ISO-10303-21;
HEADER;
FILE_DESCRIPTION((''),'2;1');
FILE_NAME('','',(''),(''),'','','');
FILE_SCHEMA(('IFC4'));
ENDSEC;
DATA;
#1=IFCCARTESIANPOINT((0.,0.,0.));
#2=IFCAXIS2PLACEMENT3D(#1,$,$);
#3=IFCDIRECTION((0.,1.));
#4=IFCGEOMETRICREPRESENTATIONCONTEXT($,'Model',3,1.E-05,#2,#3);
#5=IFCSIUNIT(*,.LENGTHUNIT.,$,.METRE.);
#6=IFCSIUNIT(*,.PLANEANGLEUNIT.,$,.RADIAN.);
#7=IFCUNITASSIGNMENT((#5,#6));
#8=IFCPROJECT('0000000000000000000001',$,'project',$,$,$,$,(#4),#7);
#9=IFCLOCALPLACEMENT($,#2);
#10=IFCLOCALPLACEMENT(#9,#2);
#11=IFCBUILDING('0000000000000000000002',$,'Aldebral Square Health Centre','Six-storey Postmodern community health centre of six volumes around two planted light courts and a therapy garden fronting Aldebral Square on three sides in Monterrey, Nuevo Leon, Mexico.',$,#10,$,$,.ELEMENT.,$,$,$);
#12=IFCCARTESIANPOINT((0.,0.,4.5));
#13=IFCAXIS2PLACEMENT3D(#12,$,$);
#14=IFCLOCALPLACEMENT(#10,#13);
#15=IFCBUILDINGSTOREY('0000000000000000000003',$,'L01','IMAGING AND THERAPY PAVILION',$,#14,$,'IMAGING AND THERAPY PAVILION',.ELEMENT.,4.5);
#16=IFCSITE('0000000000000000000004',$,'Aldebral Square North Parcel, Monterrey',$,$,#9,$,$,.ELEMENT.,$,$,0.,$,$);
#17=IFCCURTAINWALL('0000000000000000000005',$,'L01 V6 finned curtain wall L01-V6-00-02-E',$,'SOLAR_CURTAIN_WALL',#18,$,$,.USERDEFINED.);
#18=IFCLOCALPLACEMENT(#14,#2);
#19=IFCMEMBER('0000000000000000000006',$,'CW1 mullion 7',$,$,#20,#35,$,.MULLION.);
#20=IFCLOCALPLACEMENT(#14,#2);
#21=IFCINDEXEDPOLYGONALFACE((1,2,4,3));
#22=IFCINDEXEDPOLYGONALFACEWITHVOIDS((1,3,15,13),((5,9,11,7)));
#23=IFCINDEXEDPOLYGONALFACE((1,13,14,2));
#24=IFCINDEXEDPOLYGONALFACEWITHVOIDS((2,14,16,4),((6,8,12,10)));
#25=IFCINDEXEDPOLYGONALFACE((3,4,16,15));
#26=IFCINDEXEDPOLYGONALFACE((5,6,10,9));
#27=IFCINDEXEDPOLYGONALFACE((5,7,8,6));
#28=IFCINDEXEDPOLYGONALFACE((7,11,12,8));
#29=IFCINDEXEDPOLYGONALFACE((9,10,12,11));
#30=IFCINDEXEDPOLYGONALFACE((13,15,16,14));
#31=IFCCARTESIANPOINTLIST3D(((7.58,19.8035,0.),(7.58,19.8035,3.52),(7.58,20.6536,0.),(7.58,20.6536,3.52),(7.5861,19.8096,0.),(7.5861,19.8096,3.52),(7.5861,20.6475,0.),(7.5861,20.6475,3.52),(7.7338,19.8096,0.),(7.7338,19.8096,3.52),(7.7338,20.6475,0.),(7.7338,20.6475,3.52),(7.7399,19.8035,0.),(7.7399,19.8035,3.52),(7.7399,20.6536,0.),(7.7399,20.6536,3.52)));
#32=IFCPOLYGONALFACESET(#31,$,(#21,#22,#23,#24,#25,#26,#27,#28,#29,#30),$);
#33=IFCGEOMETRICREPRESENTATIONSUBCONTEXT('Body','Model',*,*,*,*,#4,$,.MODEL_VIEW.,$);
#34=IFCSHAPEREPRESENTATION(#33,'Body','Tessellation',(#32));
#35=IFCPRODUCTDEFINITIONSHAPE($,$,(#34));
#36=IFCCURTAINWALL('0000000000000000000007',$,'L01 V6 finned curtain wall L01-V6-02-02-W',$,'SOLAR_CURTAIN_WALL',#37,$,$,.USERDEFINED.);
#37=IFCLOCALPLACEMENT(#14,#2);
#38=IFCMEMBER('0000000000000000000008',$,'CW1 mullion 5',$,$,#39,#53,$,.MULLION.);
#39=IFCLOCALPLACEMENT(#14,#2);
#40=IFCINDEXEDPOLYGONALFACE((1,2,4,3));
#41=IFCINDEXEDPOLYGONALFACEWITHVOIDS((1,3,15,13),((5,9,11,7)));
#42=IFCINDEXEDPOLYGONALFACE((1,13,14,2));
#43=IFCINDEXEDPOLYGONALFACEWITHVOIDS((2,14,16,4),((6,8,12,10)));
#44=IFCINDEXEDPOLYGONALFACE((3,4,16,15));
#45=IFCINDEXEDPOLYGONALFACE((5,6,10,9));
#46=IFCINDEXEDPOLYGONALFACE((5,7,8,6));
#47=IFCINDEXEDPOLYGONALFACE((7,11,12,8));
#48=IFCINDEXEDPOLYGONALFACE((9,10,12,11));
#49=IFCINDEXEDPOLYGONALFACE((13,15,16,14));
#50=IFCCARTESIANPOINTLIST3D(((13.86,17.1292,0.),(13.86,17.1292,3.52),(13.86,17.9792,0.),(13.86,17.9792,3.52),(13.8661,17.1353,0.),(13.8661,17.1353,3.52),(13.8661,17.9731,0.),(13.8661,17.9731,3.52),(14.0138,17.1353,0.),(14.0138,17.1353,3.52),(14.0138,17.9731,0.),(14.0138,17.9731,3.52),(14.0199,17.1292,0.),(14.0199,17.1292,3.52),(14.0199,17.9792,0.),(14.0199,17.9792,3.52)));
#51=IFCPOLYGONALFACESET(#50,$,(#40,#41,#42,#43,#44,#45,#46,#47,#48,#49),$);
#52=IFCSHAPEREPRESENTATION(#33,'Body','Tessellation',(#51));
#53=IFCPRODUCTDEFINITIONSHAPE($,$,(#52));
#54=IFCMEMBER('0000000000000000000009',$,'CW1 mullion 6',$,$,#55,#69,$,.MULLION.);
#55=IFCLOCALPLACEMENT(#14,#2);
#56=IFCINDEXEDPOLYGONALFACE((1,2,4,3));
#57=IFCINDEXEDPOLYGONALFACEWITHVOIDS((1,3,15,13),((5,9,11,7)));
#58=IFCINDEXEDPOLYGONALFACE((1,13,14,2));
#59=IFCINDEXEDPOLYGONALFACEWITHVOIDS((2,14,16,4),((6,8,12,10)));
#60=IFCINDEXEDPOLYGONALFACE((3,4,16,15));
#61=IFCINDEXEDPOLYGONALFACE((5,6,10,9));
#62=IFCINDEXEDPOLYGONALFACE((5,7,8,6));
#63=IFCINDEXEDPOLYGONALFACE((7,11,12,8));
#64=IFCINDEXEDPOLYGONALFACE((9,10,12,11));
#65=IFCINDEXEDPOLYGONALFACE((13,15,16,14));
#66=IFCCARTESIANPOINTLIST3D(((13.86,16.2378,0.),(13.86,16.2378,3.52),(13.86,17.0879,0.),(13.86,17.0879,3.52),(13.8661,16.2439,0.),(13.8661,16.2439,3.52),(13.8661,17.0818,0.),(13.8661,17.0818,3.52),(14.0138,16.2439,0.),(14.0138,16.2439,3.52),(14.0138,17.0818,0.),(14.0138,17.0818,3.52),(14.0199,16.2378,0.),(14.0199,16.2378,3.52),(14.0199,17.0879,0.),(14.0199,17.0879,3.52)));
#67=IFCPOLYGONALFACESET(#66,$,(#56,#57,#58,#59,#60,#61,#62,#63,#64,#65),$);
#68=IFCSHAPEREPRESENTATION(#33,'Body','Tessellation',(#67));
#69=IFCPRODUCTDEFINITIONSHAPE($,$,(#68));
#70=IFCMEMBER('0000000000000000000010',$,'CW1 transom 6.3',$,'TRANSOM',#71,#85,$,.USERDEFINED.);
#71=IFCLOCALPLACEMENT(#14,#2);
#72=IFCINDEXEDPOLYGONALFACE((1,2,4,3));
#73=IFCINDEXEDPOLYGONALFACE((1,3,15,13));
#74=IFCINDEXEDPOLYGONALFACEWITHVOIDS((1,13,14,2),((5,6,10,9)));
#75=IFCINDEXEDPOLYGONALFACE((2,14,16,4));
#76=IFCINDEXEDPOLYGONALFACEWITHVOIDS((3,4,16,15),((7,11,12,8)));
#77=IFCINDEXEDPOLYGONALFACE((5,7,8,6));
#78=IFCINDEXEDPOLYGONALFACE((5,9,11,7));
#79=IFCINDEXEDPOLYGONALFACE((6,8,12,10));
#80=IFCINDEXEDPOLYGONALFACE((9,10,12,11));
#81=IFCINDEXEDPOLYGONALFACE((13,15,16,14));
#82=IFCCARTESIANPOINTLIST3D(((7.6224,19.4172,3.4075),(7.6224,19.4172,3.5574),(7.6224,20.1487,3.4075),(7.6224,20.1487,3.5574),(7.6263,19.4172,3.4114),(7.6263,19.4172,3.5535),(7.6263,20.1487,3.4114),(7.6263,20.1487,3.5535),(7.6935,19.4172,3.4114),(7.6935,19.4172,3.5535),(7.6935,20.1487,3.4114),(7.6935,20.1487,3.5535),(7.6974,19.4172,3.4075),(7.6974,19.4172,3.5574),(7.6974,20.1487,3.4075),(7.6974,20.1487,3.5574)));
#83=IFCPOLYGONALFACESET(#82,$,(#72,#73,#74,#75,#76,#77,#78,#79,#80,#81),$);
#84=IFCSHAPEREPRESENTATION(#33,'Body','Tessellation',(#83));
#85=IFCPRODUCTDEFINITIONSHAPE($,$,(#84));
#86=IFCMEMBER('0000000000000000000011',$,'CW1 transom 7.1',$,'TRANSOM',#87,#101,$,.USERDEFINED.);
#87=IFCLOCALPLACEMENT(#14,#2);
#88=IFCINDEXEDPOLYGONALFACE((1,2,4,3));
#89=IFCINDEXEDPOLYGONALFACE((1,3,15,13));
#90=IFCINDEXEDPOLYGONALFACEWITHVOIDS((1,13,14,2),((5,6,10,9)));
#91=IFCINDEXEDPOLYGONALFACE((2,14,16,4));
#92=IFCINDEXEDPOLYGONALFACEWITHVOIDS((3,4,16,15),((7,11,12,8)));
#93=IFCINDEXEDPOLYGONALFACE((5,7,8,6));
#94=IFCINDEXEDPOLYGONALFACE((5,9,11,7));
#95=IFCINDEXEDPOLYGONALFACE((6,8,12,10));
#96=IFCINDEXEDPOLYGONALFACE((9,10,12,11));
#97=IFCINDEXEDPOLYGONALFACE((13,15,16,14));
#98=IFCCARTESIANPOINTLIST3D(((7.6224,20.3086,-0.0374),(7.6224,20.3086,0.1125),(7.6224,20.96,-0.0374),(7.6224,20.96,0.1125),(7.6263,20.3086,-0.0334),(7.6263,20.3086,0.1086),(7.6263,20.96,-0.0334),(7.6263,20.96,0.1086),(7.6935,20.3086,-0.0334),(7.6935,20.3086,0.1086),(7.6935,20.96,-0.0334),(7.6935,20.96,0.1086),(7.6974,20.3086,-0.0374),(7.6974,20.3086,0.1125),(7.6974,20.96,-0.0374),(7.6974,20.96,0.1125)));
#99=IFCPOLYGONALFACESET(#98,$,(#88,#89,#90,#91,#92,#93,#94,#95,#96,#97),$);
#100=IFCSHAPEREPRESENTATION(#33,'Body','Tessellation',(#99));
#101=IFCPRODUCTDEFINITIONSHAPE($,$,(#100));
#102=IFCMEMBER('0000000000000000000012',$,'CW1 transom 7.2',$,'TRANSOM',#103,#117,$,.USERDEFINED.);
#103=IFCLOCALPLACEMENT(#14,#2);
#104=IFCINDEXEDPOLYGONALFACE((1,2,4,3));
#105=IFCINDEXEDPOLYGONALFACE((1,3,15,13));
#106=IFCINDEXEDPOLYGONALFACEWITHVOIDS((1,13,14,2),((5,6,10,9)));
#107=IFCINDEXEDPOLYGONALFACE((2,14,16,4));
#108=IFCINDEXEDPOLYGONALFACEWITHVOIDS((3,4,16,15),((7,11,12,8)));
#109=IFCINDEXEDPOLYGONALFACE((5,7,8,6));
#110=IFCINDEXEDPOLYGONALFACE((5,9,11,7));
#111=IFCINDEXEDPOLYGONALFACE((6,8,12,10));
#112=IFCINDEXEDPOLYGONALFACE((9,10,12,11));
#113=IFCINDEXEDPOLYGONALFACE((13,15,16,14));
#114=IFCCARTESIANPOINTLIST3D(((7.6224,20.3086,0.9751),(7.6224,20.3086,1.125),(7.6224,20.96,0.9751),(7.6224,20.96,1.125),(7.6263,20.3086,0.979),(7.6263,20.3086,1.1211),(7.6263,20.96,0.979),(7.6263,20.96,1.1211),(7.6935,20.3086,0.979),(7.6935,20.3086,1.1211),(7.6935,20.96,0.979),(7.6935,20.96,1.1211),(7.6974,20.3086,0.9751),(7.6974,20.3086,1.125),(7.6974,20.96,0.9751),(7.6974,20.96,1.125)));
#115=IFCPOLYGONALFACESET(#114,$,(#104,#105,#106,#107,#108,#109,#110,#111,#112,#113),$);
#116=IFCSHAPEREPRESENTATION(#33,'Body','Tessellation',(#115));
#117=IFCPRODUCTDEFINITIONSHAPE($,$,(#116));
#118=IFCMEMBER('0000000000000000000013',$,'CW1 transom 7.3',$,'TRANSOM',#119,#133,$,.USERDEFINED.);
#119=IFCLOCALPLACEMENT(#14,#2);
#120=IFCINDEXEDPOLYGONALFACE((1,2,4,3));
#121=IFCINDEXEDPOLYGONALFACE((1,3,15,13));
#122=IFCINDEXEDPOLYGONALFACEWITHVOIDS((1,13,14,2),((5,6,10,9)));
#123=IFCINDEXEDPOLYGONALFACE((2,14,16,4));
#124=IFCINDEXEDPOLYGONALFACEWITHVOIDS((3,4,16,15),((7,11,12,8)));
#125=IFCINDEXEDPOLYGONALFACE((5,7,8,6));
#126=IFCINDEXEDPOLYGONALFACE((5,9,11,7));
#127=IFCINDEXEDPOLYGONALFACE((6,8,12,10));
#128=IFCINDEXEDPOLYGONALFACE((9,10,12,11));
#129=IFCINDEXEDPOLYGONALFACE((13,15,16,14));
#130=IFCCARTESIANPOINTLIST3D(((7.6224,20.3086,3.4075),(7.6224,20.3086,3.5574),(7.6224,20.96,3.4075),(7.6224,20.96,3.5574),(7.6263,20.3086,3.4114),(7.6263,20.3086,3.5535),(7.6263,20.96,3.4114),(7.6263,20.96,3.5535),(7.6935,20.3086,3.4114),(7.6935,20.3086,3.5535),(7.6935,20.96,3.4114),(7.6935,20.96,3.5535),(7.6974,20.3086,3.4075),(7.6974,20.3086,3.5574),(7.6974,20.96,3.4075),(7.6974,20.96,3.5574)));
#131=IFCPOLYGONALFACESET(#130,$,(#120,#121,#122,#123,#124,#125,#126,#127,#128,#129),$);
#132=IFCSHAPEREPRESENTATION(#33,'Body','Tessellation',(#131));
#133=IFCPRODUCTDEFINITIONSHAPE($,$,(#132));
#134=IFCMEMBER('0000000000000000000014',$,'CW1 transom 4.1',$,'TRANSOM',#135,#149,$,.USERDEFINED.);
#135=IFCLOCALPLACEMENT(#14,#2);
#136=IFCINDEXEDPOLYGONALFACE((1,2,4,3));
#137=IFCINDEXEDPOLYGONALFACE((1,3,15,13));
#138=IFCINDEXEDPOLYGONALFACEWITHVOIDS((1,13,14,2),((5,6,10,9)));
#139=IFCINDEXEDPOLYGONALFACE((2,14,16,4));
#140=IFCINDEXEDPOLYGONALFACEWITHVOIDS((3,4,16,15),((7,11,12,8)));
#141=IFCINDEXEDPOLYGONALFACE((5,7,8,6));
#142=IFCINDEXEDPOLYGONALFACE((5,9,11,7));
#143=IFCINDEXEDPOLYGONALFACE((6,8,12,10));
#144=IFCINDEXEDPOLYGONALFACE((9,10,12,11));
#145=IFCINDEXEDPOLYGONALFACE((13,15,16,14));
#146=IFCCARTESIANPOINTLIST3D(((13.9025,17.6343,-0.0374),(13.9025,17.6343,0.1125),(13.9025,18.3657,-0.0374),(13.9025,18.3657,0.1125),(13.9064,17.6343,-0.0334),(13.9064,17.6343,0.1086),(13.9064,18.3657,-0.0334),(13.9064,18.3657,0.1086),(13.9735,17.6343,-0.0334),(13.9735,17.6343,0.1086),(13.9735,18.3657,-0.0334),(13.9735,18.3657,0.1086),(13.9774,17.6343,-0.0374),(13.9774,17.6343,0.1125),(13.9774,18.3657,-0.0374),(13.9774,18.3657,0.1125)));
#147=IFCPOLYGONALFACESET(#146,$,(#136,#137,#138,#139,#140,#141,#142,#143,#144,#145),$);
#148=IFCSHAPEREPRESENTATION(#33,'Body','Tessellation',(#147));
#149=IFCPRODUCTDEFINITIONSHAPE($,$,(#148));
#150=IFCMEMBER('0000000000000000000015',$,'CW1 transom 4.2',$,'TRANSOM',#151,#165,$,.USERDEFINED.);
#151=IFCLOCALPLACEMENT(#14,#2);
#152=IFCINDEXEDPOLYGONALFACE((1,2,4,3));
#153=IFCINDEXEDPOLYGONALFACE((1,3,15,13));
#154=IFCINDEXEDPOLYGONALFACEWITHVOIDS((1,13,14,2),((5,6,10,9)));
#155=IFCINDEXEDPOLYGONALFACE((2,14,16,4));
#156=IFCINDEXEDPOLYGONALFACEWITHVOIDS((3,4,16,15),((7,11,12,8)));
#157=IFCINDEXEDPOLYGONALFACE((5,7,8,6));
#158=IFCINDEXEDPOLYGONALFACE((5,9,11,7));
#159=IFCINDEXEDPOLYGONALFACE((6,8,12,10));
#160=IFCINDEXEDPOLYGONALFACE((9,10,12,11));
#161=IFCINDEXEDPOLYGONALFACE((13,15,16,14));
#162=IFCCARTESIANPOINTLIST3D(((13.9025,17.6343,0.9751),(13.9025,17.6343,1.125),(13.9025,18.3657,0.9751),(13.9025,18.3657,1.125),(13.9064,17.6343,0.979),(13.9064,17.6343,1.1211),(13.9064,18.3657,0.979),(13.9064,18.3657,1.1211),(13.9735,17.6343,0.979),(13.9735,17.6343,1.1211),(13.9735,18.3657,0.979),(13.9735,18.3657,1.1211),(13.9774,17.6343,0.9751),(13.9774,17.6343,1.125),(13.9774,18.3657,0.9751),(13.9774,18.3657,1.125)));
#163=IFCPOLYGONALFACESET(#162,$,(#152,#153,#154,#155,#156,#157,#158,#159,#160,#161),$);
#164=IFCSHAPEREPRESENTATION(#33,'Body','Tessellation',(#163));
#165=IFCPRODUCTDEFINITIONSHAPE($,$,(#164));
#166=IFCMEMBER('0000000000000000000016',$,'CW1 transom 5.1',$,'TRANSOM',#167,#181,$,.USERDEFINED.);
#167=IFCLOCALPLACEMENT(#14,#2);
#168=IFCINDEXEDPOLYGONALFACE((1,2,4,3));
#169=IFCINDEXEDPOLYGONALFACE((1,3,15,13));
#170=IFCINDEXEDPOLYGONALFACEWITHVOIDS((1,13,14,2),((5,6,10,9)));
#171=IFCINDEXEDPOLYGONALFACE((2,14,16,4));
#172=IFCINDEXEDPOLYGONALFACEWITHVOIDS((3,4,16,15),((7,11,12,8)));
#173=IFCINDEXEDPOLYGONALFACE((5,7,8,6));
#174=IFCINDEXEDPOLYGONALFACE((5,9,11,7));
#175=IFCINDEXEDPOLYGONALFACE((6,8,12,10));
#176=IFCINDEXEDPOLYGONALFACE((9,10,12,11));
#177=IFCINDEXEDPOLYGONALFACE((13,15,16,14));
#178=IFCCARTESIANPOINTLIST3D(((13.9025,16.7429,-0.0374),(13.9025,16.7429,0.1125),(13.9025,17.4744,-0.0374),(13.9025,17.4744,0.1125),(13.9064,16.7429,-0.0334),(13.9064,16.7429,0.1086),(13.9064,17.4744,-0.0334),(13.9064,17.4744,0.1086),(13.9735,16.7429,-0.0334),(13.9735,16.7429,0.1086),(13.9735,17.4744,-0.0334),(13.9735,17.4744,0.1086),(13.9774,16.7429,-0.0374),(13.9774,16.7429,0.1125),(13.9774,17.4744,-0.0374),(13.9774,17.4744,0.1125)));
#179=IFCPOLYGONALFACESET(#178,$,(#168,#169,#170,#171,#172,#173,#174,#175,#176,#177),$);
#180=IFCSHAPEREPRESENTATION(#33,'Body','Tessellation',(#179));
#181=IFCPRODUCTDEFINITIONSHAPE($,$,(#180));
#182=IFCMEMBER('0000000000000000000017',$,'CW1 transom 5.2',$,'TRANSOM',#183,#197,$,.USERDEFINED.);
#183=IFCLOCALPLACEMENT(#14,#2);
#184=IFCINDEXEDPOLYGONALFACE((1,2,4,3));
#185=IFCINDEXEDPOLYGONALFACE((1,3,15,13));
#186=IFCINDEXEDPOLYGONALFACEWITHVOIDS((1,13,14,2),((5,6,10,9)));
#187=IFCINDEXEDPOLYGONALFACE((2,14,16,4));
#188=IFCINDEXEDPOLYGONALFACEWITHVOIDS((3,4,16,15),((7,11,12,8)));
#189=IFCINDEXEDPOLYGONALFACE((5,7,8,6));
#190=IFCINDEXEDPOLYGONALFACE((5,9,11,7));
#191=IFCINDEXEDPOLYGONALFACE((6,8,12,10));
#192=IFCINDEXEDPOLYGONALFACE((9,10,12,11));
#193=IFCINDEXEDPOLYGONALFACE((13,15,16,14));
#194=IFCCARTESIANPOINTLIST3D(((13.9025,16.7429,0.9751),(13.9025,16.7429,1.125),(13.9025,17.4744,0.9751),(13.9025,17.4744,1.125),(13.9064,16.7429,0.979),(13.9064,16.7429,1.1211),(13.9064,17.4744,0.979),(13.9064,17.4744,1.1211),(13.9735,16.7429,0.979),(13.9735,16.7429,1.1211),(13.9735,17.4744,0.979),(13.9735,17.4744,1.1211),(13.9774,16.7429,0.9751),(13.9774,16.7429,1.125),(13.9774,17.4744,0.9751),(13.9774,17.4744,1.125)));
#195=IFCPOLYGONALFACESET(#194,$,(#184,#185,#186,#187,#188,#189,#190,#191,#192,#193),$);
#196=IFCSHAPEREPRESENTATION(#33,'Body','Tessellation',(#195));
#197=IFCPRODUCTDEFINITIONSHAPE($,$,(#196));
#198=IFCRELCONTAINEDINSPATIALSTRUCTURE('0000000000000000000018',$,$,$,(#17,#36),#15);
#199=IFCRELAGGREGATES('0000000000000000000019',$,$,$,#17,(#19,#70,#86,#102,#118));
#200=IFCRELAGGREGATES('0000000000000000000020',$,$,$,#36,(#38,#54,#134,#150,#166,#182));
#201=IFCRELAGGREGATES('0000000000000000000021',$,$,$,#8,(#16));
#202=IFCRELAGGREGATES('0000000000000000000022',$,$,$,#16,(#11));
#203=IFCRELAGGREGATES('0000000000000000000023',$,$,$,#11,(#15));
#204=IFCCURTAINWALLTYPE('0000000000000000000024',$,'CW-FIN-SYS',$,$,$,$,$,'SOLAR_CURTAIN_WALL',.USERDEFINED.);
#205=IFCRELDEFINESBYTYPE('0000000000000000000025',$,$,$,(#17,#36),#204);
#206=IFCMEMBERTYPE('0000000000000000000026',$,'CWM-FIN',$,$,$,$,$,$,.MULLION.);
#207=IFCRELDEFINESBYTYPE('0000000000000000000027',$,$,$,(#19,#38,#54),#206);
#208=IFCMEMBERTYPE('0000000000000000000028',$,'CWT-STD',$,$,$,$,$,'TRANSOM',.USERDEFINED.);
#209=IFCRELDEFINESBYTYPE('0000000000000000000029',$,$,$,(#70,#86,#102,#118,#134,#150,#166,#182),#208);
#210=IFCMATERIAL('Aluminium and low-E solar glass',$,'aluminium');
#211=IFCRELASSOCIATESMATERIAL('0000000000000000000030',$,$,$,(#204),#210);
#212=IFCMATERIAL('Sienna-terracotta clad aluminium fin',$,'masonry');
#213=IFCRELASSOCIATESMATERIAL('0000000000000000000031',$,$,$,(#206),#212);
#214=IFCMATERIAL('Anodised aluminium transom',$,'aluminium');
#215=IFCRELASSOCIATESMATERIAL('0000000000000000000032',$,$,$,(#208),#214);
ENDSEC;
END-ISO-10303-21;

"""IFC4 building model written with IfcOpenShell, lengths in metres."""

from ifc_helpers import new_model, si_unit, direction, frame, origin, origin_2d, place, context, subcontext, project, spatial, hollow_rectangle, extrude, material, material_profile, profile_set, type_object, element, aggregate, save


model = new_model("IFC4")

# Units and contexts
model_context = context("Model", 3, precision=1e-05, world=origin(), true_north=direction((0.0, 1.0)))
body_context = subcontext(model_context, "Body", "Model", "MODEL_VIEW")
ifc_project = project(units=[si_unit("LENGTHUNIT", "METRE"), si_unit("PLANEANGLEUNIT", "RADIAN")], contexts=[model_context])

# Site, building, storey
site_placement = place(None, origin())
site = spatial("IfcSite", under=ifc_project, at=site_placement, Name="Aldebral Square North Parcel, Monterrey", CompositionType="ELEMENT", RefElevation=0.0)
building_placement = place(site_placement, origin())
building = spatial("IfcBuilding", under=site, at=building_placement, Name="Aldebral Square Health Centre", Description="Six-storey Postmodern community health centre of six volumes around two planted light courts and a therapy garden fronting Aldebral Square on three sides in Monterrey, Nuevo Leon, Mexico.", CompositionType="ELEMENT")
storey_placement = place(building_placement, frame((0.0, 0.0, 4.5)))
storey = spatial("IfcBuildingStorey", under=building, at=storey_placement, Name="L01", Description="IMAGING AND THERAPY PAVILION", LongName="IMAGING AND THERAPY PAVILION", CompositionType="ELEMENT", Elevation=4.5)

# Curtain wall, member
ifc_material_1 = material(Name="Aluminium and low-E solar glass", Category="aluminium")
curtain_wall_type = type_object("IfcCurtainWallType", Name="CW-FIN-SYS", ElementType="SOLAR_CURTAIN_WALL", PredefinedType="USERDEFINED", material=ifc_material_1)
curtain_wall_1_placement = place(storey_placement, origin())
curtain_wall_1 = element("IfcCurtainWall", 1, at=curtain_wall_1_placement, inside=storey, type_object=curtain_wall_type, Name="L01 V6 finned curtain wall L01-V6-00-02-E", ObjectType="SOLAR_CURTAIN_WALL", PredefinedType="USERDEFINED")
ifc_material_2 = material(Name="Sienna-terracotta clad aluminium fin", Category="masonry")
ifc_material_profile_1 = material_profile(ifc_material_2, hollow_rectangle(XDim=0.1599, YDim=0.8501, WallThickness=0.0061, at=origin_2d()), Name="FIN 160x850x6")
ifc_profile_set_1 = profile_set([ifc_material_profile_1], Name="Sienna-terracotta clad aluminium fin")
member_type_1 = type_object("IfcMemberType", Name="CWM-FIN", PredefinedType="MULLION", material=ifc_profile_set_1)
member_1_placement = place(storey_placement, frame((7.6599, 20.2285, 0.0), z_axis=(0.0, 0.0, 1.0), x_axis=(-1.0, 0.0, 0.0)))
member_1 = element("IfcMember", 2, at=member_1_placement, type_object=member_type_1, Name="CW1 mullion 7", PredefinedType="MULLION", context=body_context, shape_type="SweptSolid", body=[
    extrude(hollow_rectangle(XDim=0.1599, YDim=0.8501, WallThickness=0.0061, at=origin_2d()), origin(), (0.0, 0.0, 1.0), 3.52),
])

# Curtain wall, members
curtain_wall_2_placement = place(storey_placement, origin())
curtain_wall_2 = element("IfcCurtainWall", 3, at=curtain_wall_2_placement, inside=storey, type_object=curtain_wall_type, Name="L01 V6 finned curtain wall L01-V6-02-02-W", ObjectType="SOLAR_CURTAIN_WALL", PredefinedType="USERDEFINED")
member_2_placement = place(storey_placement, frame((13.9399, 17.5542, 0.0), z_axis=(0.0, 0.0, 1.0), x_axis=(1.0, 0.0, 0.0)))
member_2 = element("IfcMember", 4, at=member_2_placement, type_object=member_type_1, Name="CW1 mullion 5", PredefinedType="MULLION", context=body_context, shape_type="SweptSolid", body=[
    extrude(hollow_rectangle(XDim=0.1599, YDim=0.8501, WallThickness=0.0061, at=origin_2d()), origin(), (0.0, 0.0, 1.0), 3.52),
])
member_3_placement = place(storey_placement, frame((13.9399, 16.6628, 0.0), z_axis=(0.0, 0.0, 1.0), x_axis=(1.0, 0.0, 0.0)))
member_3 = element("IfcMember", 5, at=member_3_placement, type_object=member_type_1, Name="CW1 mullion 6", PredefinedType="MULLION", context=body_context, shape_type="SweptSolid", body=[
    extrude(hollow_rectangle(XDim=0.1599, YDim=0.8501, WallThickness=0.0061, at=origin_2d()), origin(), (0.0, 0.0, 1.0), 3.52),
])

# Members
ifc_material_3 = material(Name="Anodised aluminium transom", Category="aluminium")
ifc_material_profile_2 = material_profile(ifc_material_3, hollow_rectangle(XDim=0.075, YDim=0.1499, WallThickness=0.0039, at=origin_2d()), Name="CWT 75x150x4")
ifc_profile_set_2 = profile_set([ifc_material_profile_2], Name="Anodised aluminium transom")
member_type_2 = type_object("IfcMemberType", Name="CWT-STD", ElementType="TRANSOM", PredefinedType="USERDEFINED", material=ifc_profile_set_2)
member_4_placement = place(storey_placement, frame((7.6599, 19.4172, 3.4824), z_axis=(0.0, 1.0, 0.0), x_axis=(-1.0, 0.0, 0.0)))
member_4 = element("IfcMember", 6, at=member_4_placement, type_object=member_type_2, Name="CW1 transom 6.3", ObjectType="TRANSOM", PredefinedType="USERDEFINED", context=body_context, shape_type="SweptSolid", body=[
    extrude(hollow_rectangle(XDim=0.075, YDim=0.1499, WallThickness=0.0039, at=origin_2d()), origin(), (0.0, 0.0, 1.0), 0.7314),
])
member_5_placement = place(storey_placement, frame((7.6599, 20.3086, 0.0376), z_axis=(0.0, 1.0, 0.0), x_axis=(-1.0, 0.0, 0.0)))
member_5 = element("IfcMember", 7, at=member_5_placement, type_object=member_type_2, Name="CW1 transom 7.1", ObjectType="TRANSOM", PredefinedType="USERDEFINED", context=body_context, shape_type="SweptSolid", body=[
    extrude(hollow_rectangle(XDim=0.075, YDim=0.1499, WallThickness=0.0039, at=origin_2d()), origin(), (0.0, 0.0, 1.0), 0.6514),
])
member_6_placement = place(storey_placement, frame((7.6599, 20.3086, 1.05), z_axis=(0.0, 1.0, 0.0), x_axis=(-1.0, 0.0, 0.0)))
member_6 = element("IfcMember", 8, at=member_6_placement, type_object=member_type_2, Name="CW1 transom 7.2", ObjectType="TRANSOM", PredefinedType="USERDEFINED", context=body_context, shape_type="SweptSolid", body=[
    extrude(hollow_rectangle(XDim=0.075, YDim=0.1499, WallThickness=0.0039, at=origin_2d()), origin(), (0.0, 0.0, 1.0), 0.6514),
])
member_7_placement = place(storey_placement, frame((7.6599, 20.3086, 3.4824), z_axis=(0.0, 1.0, 0.0), x_axis=(-1.0, 0.0, 0.0)))
member_7 = element("IfcMember", 9, at=member_7_placement, type_object=member_type_2, Name="CW1 transom 7.3", ObjectType="TRANSOM", PredefinedType="USERDEFINED", context=body_context, shape_type="SweptSolid", body=[
    extrude(hollow_rectangle(XDim=0.075, YDim=0.1499, WallThickness=0.0039, at=origin_2d()), origin(), (0.0, 0.0, 1.0), 0.6514),
])
member_8_placement = place(storey_placement, frame((13.9399, 18.3657, 0.0376), z_axis=(0.0, -1.0, 0.0), x_axis=(1.0, 0.0, 0.0)))
member_8 = element("IfcMember", 10, at=member_8_placement, type_object=member_type_2, Name="CW1 transom 4.1", ObjectType="TRANSOM", PredefinedType="USERDEFINED", context=body_context, shape_type="SweptSolid", body=[
    extrude(hollow_rectangle(XDim=0.075, YDim=0.1499, WallThickness=0.0039, at=origin_2d()), origin(), (0.0, 0.0, 1.0), 0.7314),
])
member_9_placement = place(storey_placement, frame((13.9399, 18.3657, 1.05), z_axis=(0.0, -1.0, 0.0), x_axis=(1.0, 0.0, 0.0)))
member_9 = element("IfcMember", 11, at=member_9_placement, type_object=member_type_2, Name="CW1 transom 4.2", ObjectType="TRANSOM", PredefinedType="USERDEFINED", context=body_context, shape_type="SweptSolid", body=[
    extrude(hollow_rectangle(XDim=0.075, YDim=0.1499, WallThickness=0.0039, at=origin_2d()), origin(), (0.0, 0.0, 1.0), 0.7314),
])
member_10_placement = place(storey_placement, frame((13.9399, 17.4744, 0.0376), z_axis=(0.0, -1.0, 0.0), x_axis=(1.0, 0.0, 0.0)))
member_10 = element("IfcMember", 12, at=member_10_placement, type_object=member_type_2, Name="CW1 transom 5.1", ObjectType="TRANSOM", PredefinedType="USERDEFINED", context=body_context, shape_type="SweptSolid", body=[
    extrude(hollow_rectangle(XDim=0.075, YDim=0.1499, WallThickness=0.0039, at=origin_2d()), origin(), (0.0, 0.0, 1.0), 0.7314),
])
member_11_placement = place(storey_placement, frame((13.9399, 17.4744, 1.05), z_axis=(0.0, -1.0, 0.0), x_axis=(1.0, 0.0, 0.0)))
member_11 = element("IfcMember", 13, at=member_11_placement, type_object=member_type_2, Name="CW1 transom 5.2", ObjectType="TRANSOM", PredefinedType="USERDEFINED", context=body_context, shape_type="SweptSolid", body=[
    extrude(hollow_rectangle(XDim=0.075, YDim=0.1499, WallThickness=0.0039, at=origin_2d()), origin(), (0.0, 0.0, 1.0), 0.7314),
])

aggregate(curtain_wall_1, [member_1, member_4, member_5, member_6, member_7])
aggregate(curtain_wall_2, [member_2, member_3, member_8, member_9, member_10, member_11])

save(model, "model.ifc")
